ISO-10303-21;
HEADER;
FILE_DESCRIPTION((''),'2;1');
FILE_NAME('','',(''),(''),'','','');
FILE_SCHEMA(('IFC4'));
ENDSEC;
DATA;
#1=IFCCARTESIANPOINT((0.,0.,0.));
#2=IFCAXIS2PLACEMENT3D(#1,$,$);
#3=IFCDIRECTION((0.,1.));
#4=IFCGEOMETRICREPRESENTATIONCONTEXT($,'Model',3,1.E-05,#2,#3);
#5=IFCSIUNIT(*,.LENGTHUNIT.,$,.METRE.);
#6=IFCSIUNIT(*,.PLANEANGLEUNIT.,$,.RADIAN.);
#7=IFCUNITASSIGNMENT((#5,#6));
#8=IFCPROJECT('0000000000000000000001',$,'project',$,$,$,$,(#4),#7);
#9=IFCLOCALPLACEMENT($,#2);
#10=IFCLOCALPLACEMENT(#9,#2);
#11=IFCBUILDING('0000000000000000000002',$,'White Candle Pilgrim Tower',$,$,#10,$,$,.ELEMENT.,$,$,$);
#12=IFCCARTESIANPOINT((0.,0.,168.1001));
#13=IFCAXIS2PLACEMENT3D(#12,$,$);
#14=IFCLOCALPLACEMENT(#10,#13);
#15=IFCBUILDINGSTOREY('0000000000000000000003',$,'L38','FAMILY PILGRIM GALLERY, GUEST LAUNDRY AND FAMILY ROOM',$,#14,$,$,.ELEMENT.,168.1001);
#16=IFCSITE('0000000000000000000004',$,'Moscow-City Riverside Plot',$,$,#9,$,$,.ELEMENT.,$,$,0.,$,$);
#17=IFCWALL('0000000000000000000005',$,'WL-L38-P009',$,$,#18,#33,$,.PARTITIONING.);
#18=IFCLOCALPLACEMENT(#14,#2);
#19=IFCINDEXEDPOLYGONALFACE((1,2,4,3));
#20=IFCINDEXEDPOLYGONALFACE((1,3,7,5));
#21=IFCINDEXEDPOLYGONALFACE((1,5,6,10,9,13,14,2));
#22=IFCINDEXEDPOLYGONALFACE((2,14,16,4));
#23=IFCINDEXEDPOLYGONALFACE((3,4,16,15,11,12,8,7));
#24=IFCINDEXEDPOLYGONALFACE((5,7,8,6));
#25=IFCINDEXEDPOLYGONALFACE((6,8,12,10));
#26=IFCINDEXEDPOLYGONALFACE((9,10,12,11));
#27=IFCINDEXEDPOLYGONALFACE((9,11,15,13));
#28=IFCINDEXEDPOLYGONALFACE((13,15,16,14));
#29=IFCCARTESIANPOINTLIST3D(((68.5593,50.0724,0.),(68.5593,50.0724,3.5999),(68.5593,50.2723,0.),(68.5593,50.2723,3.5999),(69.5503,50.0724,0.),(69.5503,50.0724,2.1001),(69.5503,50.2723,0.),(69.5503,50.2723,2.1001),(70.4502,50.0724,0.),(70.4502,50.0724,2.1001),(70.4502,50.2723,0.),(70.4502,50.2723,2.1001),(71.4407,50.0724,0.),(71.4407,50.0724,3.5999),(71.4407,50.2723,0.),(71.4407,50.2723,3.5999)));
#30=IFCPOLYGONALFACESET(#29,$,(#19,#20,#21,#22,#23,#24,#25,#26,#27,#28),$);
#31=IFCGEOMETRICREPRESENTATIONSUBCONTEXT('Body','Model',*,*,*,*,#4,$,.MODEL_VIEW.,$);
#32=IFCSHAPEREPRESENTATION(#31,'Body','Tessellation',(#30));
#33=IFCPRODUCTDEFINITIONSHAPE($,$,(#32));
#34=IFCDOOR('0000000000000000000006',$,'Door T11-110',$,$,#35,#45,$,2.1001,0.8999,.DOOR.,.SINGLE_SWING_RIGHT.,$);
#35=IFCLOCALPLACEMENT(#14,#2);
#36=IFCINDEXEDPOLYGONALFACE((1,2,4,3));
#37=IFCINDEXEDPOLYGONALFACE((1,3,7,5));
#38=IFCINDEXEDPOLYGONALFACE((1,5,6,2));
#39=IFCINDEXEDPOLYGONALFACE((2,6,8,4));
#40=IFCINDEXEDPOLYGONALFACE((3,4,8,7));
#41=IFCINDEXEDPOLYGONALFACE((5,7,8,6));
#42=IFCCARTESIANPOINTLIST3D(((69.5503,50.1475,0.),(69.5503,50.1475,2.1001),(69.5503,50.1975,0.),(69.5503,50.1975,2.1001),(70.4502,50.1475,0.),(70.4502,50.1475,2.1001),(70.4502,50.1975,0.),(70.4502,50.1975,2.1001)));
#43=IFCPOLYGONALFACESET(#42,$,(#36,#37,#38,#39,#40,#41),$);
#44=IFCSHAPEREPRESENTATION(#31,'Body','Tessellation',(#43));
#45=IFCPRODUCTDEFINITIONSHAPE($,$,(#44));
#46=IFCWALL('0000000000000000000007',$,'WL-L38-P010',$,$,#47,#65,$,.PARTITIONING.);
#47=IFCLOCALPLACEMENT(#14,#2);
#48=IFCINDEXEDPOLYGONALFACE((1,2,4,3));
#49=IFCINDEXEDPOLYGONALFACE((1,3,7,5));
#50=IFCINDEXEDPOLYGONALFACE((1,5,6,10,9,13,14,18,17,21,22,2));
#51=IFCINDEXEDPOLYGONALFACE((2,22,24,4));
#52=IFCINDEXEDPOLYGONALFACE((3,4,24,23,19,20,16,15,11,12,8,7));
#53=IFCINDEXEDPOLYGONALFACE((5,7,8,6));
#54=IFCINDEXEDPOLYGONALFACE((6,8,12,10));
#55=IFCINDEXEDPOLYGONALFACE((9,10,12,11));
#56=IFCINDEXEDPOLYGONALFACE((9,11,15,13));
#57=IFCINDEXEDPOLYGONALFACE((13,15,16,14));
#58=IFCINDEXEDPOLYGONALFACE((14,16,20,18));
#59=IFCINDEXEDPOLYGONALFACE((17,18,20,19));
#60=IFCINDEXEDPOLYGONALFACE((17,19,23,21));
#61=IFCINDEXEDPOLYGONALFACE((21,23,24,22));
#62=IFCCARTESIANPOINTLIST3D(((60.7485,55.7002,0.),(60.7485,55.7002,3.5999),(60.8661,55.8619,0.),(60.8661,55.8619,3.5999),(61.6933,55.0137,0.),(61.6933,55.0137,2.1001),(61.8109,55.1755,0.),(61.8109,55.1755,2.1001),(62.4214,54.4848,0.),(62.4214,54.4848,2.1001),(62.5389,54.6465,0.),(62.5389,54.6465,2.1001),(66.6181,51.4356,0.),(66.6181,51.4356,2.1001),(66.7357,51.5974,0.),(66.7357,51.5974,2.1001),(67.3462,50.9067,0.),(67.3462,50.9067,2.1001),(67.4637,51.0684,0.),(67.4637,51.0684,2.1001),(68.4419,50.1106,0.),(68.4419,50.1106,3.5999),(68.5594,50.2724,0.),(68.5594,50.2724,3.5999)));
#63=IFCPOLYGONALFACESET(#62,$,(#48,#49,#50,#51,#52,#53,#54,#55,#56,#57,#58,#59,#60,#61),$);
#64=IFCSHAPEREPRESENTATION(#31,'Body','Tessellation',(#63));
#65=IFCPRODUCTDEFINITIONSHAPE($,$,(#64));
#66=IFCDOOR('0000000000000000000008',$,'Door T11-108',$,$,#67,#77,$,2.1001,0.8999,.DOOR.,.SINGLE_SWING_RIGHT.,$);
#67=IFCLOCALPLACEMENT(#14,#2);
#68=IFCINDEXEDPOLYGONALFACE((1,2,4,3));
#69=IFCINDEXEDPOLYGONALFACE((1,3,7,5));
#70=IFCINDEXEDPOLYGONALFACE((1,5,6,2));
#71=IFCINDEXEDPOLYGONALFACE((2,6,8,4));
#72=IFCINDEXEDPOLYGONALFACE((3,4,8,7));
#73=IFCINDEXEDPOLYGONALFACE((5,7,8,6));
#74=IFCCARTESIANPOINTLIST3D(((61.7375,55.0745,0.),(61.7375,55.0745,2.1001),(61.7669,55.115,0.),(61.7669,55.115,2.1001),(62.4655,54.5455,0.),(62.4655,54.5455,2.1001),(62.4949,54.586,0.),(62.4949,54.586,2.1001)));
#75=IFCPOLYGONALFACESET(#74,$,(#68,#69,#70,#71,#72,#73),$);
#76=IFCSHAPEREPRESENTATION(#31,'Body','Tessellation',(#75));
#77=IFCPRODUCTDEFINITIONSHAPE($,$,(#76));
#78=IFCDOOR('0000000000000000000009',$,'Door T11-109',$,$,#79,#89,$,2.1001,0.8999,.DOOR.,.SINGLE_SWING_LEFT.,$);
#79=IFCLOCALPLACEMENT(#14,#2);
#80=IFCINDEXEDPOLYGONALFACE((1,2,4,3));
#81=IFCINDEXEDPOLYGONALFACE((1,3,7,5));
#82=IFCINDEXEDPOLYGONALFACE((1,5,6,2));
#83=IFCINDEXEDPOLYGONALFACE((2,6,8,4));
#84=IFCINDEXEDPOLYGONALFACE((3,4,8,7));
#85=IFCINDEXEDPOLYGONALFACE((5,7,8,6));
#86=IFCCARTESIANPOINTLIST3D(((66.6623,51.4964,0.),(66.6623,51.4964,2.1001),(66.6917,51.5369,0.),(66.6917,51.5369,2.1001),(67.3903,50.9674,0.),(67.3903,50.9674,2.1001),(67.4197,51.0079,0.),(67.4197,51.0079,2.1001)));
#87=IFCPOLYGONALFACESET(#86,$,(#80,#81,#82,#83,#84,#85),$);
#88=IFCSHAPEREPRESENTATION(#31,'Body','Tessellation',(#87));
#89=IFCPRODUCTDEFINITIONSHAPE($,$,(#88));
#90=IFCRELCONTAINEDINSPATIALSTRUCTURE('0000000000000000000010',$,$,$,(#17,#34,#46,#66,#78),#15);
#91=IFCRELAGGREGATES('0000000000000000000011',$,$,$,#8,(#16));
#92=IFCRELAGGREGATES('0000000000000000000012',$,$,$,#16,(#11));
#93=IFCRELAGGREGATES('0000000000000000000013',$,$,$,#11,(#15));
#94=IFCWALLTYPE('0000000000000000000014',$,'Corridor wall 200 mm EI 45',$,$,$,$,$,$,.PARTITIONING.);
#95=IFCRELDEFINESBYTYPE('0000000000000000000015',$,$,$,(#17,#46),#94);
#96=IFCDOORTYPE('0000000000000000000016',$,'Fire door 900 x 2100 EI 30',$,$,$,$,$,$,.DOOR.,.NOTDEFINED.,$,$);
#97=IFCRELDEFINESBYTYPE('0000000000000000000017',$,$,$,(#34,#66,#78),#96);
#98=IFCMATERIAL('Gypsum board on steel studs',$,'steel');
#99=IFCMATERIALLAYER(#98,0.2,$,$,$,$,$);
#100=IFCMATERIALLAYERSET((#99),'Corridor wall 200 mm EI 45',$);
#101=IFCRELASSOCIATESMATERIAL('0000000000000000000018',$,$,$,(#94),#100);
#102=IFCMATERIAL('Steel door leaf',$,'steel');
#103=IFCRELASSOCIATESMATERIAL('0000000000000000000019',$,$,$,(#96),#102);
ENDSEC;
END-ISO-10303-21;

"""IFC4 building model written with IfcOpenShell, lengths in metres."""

from ifc_helpers import new_model, si_unit, direction, frame, frame_2d, origin, place, context, subcontext, project, spatial, rectangle, extrude, material, layer, layer_set, type_object, element, fill, save


model = new_model("IFC4")

# Units and contexts
model_context = context("Model", 3, precision=1e-05, world=origin(), true_north=direction((0.0, 1.0)))
body_context = subcontext(model_context, "Body", "Model", "MODEL_VIEW")
ifc_project = project(units=[si_unit("LENGTHUNIT", "METRE"), si_unit("PLANEANGLEUNIT", "RADIAN")], contexts=[model_context])

# Site, building, storey
site_placement = place(None, origin())
site = spatial("IfcSite", under=ifc_project, at=site_placement, Name="Moscow-City Riverside Plot", CompositionType="ELEMENT", RefElevation=0.0)
building_placement = place(site_placement, origin())
building = spatial("IfcBuilding", under=site, at=building_placement, Name="White Candle Pilgrim Tower", CompositionType="ELEMENT")
storey_placement = place(building_placement, frame((0.0, 0.0, 168.1001)))
storey = spatial("IfcBuildingStorey", under=building, at=storey_placement, Name="L38", Description="FAMILY PILGRIM GALLERY, GUEST LAUNDRY AND FAMILY ROOM", CompositionType="ELEMENT", Elevation=168.1001)

# Wall, opening, door
ifc_material_1 = material(Name="Gypsum board on steel studs", Category="steel")
ifc_layer_1 = layer(ifc_material_1, 0.2)
ifc_layer_set_1 = layer_set([ifc_layer_1], Name="Corridor wall 200 mm EI 45")
wall_type_1 = type_object("IfcWallType", Name="Corridor wall 200 mm EI 45", PredefinedType="PARTITIONING", material=ifc_layer_set_1)
wall_1_placement = place(storey_placement, frame((71.4407, 50.1724, 0.0), z_axis=(0.0, 0.0, 1.0), x_axis=(-1.0, 0.0, 0.0)))
wall_1 = element("IfcWall", 1, at=wall_1_placement, inside=storey, type_object=wall_type_1, Name="WL-L38-P009", PredefinedType="PARTITIONING", context=body_context, shape_type="SweptSolid", body=[
    extrude(rectangle(XDim=2.8813, YDim=0.2, at=frame_2d((1.4407, 0.0))), origin(), (0.0, 0.0, 1.0), 3.5999),
])
opening_1_placement = place(wall_1_placement, frame((0.9905, 0.0, 0.0)))
opening_1 = element("IfcOpeningElement", 2, at=opening_1_placement, cuts=wall_1, PredefinedType="OPENING", context=body_context, shape_type="SweptSolid", body=[
    extrude(rectangle(XDim=0.8999, YDim=2.1001, at=frame_2d((0.45, 1.05))), frame((0.0, 0.1099, 0.0), z_axis=(0.0, -1.0, 0.0), x_axis=(1.0, 0.0, 0.0)), (0.0, 0.0, 1.0), 0.22),
])
ifc_material_2 = material(Name="Steel door leaf", Category="steel")
door_type_1 = type_object("IfcDoorType", Name="Fire door 900 x 2100 EI 30", OperationType="NOTDEFINED", PredefinedType="DOOR", material=ifc_material_2)
door_1_placement = place(opening_1_placement, origin())
door_1 = element("IfcDoor", 3, at=door_1_placement, inside=storey, type_object=door_type_1, Name="Door T11-110", OperationType="SINGLE_SWING_RIGHT", OverallHeight=2.1001, OverallWidth=0.8999, PredefinedType="DOOR", context=body_context, shape_type="SweptSolid", body=[
    extrude(rectangle(XDim=0.8999, YDim=2.1001, at=frame_2d((0.45, 1.05))), frame((0.0, 0.0249, 0.0), z_axis=(0.0, -1.0, 0.0), x_axis=(1.0, 0.0, 0.0)), (0.0, 0.0, 1.0), 0.05),
])
fill(opening_1, door_1)

# Wall, openings, doors
wall_2_placement = place(storey_placement, frame((68.5007, 50.1914, 0.0), z_axis=(0.0, 0.0, 1.0), x_axis=(-0.809015, 0.587788, 0.0)))
wall_2 = element("IfcWall", 4, at=wall_2_placement, inside=storey, type_object=wall_type_1, Name="WL-L38-P010", PredefinedType="PARTITIONING", context=body_context, shape_type="SweptSolid", body=[
    extrude(rectangle(XDim=9.5095, YDim=0.2, at=frame_2d((4.7549, 0.0))), origin(), (0.0, 0.0, 1.0), 3.5999),
])
opening_2_placement = place(wall_2_placement, frame((7.4419, 0.0, 0.0)))
opening_2 = element("IfcOpeningElement", 5, at=opening_2_placement, cuts=wall_2, PredefinedType="OPENING", context=body_context, shape_type="SweptSolid", body=[
    extrude(rectangle(XDim=0.8999, YDim=2.1001, at=frame_2d((0.45, 1.05))), frame((0.0, 0.1099, 0.0), z_axis=(0.0, -1.0, 0.0), x_axis=(1.0, 0.0, 0.0)), (0.0, 0.0, 1.0), 0.22),
])
opening_3_placement = place(wall_2_placement, frame((1.3545, 0.0, 0.0)))
opening_3 = element("IfcOpeningElement", 6, at=opening_3_placement, cuts=wall_2, PredefinedType="OPENING", context=body_context, shape_type="SweptSolid", body=[
    extrude(rectangle(XDim=0.8999, YDim=2.1001, at=frame_2d((0.45, 1.05))), frame((0.0, 0.1099, 0.0), z_axis=(0.0, -1.0, 0.0), x_axis=(1.0, 0.0, 0.0)), (0.0, 0.0, 1.0), 0.22),
])
door_2_placement = place(opening_2_placement, origin())
door_2 = element("IfcDoor", 7, at=door_2_placement, inside=storey, type_object=door_type_1, Name="Door T11-108", OperationType="SINGLE_SWING_RIGHT", OverallHeight=2.1001, OverallWidth=0.8999, PredefinedType="DOOR", context=body_context, shape_type="SweptSolid", body=[
    extrude(rectangle(XDim=0.8999, YDim=2.1001, at=frame_2d((0.45, 1.05))), frame((0.0, 0.0249, 0.0), z_axis=(0.0, -1.0, 0.0), x_axis=(1.0, 0.0, 0.0)), (0.0, 0.0, 1.0), 0.05),
])
fill(opening_2, door_2)
door_3_placement = place(opening_3_placement, origin())
door_3 = element("IfcDoor", 8, at=door_3_placement, inside=storey, type_object=door_type_1, Name="Door T11-109", OperationType="SINGLE_SWING_LEFT", OverallHeight=2.1001, OverallWidth=0.8999, PredefinedType="DOOR", context=body_context, shape_type="SweptSolid", body=[
    extrude(rectangle(XDim=0.8999, YDim=2.1001, at=frame_2d((0.45, 1.05))), frame((0.0, 0.0249, 0.0), z_axis=(0.0, -1.0, 0.0), x_axis=(1.0, 0.0, 0.0)), (0.0, 0.0, 1.0), 0.05),
])
fill(opening_3, door_3)

save(model, "model.ifc")
